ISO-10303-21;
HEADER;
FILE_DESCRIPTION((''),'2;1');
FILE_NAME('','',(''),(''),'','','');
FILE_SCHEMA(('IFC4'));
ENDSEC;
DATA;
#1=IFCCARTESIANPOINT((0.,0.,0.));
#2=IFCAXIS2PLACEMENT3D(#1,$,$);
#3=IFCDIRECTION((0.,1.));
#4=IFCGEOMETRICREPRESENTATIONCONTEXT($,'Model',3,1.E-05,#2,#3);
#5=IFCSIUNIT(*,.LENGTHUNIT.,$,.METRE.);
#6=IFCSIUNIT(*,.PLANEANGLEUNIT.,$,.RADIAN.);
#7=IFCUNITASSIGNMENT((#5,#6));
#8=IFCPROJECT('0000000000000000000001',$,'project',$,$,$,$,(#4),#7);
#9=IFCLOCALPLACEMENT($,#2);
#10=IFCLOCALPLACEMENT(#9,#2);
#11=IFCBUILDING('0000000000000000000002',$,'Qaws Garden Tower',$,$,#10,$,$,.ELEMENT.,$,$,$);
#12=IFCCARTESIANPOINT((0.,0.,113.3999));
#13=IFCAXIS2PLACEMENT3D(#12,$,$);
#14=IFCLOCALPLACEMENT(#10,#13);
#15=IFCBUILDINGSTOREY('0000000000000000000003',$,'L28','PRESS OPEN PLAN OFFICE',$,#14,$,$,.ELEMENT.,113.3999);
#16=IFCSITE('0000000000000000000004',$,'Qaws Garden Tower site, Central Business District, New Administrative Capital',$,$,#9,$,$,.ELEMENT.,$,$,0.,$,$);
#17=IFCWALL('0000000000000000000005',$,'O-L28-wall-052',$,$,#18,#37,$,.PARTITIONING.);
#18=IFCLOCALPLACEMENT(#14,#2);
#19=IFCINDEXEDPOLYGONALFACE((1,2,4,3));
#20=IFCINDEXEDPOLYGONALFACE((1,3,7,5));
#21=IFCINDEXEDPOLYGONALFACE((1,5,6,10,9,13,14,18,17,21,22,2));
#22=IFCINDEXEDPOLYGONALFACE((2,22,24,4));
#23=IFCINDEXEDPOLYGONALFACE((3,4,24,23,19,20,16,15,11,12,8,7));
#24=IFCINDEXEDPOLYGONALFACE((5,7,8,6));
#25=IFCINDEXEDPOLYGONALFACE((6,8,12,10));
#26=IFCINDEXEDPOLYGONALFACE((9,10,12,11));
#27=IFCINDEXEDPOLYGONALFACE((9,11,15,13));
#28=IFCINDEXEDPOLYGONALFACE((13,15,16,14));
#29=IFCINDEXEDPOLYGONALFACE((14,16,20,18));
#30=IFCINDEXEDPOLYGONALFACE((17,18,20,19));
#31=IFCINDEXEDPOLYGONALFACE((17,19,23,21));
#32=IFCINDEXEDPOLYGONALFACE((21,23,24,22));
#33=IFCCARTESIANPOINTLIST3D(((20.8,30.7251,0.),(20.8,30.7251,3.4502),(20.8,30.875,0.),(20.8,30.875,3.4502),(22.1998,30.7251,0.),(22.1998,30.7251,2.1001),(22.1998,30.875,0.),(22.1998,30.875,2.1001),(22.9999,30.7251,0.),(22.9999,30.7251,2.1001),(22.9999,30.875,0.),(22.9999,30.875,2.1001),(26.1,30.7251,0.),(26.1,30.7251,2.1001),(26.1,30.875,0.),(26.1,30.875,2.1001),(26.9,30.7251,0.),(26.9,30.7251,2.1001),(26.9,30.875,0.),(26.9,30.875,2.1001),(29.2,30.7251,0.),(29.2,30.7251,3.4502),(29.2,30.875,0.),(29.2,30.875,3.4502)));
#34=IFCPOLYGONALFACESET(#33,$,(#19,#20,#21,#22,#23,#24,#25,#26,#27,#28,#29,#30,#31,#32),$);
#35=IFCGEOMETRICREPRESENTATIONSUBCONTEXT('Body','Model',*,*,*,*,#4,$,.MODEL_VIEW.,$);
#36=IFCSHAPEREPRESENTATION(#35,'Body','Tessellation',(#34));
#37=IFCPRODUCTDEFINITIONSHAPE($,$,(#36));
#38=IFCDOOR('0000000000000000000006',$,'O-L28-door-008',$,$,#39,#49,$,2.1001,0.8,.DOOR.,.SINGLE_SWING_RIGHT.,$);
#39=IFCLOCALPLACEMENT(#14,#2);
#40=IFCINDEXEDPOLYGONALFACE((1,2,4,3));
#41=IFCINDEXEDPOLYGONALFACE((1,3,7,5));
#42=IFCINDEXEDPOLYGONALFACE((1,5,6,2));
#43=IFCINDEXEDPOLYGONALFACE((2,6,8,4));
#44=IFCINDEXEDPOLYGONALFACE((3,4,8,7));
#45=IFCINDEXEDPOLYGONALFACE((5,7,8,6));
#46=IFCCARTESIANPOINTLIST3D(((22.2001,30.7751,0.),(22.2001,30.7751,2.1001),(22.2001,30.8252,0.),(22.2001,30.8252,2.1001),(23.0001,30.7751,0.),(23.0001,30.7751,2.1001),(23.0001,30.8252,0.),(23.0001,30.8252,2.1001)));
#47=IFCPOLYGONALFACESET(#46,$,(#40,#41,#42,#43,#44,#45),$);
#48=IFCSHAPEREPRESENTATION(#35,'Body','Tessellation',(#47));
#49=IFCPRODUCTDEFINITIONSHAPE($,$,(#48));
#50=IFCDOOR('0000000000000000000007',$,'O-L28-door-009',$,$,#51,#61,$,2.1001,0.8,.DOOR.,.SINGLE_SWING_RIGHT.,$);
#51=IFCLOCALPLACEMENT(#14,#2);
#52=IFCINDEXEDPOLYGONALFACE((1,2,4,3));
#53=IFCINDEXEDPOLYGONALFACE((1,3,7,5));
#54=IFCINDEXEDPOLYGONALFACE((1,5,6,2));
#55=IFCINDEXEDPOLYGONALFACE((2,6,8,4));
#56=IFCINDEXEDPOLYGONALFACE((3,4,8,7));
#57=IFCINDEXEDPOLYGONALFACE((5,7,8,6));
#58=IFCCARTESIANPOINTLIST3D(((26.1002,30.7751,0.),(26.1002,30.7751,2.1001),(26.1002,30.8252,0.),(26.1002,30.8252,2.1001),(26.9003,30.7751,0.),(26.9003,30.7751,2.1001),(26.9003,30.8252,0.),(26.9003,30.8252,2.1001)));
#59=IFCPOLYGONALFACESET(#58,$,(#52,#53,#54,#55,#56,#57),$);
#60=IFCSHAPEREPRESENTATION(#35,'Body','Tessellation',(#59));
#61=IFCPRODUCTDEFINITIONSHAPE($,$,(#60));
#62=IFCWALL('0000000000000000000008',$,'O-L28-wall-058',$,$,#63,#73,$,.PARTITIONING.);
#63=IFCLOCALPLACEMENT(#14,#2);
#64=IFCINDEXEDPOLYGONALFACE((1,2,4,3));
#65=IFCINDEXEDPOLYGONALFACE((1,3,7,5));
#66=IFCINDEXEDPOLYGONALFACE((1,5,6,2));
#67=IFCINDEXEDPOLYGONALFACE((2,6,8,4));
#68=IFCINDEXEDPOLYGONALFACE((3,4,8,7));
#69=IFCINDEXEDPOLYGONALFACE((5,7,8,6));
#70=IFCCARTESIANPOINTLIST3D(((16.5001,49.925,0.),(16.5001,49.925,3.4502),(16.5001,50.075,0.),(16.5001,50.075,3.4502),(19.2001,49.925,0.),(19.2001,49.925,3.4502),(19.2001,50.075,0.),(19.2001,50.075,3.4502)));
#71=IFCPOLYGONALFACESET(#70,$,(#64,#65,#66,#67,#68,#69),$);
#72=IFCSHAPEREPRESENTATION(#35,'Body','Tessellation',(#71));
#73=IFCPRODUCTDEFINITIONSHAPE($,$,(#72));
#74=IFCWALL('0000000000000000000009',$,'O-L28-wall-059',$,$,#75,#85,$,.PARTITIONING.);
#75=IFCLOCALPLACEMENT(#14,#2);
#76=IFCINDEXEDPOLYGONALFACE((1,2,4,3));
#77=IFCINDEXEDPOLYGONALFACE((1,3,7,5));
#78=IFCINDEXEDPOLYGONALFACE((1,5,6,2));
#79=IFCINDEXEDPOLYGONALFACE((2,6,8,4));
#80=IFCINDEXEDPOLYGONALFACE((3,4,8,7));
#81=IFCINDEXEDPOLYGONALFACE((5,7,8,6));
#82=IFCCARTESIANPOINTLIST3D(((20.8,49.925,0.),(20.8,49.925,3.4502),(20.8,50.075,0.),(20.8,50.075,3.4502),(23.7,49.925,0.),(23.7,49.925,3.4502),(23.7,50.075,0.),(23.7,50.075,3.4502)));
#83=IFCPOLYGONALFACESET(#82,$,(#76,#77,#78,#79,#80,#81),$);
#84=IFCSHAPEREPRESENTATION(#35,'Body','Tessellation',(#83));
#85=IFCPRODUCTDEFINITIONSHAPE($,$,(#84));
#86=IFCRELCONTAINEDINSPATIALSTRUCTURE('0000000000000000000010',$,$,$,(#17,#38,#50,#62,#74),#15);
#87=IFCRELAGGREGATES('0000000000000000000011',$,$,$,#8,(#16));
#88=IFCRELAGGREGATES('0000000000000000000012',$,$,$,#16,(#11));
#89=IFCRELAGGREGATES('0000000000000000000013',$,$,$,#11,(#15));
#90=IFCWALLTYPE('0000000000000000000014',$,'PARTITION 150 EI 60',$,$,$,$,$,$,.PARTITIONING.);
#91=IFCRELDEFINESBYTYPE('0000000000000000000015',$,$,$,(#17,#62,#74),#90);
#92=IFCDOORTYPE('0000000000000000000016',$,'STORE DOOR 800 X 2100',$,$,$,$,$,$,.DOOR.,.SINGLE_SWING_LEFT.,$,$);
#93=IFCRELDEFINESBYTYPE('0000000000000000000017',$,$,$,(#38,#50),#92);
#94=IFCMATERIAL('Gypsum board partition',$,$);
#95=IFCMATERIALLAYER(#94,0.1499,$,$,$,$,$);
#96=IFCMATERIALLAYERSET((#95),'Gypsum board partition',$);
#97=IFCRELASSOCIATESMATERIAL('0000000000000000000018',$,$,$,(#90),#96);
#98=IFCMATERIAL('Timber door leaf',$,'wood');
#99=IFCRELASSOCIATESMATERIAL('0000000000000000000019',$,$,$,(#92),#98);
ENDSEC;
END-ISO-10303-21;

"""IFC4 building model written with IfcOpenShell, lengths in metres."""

from ifc_helpers import new_model, si_unit, direction, frame, frame_2d, origin, place, context, subcontext, project, spatial, rectangle, extrude, material, layer, layer_set, type_object, element, fill, save


model = new_model("IFC4")

# Units and contexts
model_context = context("Model", 3, precision=1e-05, world=origin(), true_north=direction((0.0, 1.0)))
body_context = subcontext(model_context, "Body", "Model", "MODEL_VIEW")
ifc_project = project(units=[si_unit("LENGTHUNIT", "METRE"), si_unit("PLANEANGLEUNIT", "RADIAN")], contexts=[model_context])

# Site, building, storey
site_placement = place(None, origin())
site = spatial("IfcSite", under=ifc_project, at=site_placement, Name="Qaws Garden Tower site, Central Business District, New Administrative Capital", CompositionType="ELEMENT", RefElevation=0.0)
building_placement = place(site_placement, origin())
building = spatial("IfcBuilding", under=site, at=building_placement, Name="Qaws Garden Tower", CompositionType="ELEMENT")
storey_placement = place(building_placement, frame((0.0, 0.0, 113.3999)))
storey = spatial("IfcBuildingStorey", under=building, at=storey_placement, Name="L28", Description="PRESS OPEN PLAN OFFICE", CompositionType="ELEMENT", Elevation=113.3999)

# Shared definitions
ifc_material_1 = material(Name="Gypsum board partition")
ifc_layer_1 = layer(ifc_material_1, 0.1499)
ifc_layer_set_1 = layer_set([ifc_layer_1], Name="Gypsum board partition")
wall_type_1 = type_object("IfcWallType", Name="PARTITION 150 EI 60", PredefinedType="PARTITIONING", material=ifc_layer_set_1)

# Wall, openings, doors
wall_1_placement = place(storey_placement, frame((20.8, 30.8, 0.0), z_axis=(0.0, 0.0, 1.0), x_axis=(1.0, 0.0, 0.0)))
wall_1 = element("IfcWall", 1, at=wall_1_placement, inside=storey, type_object=wall_type_1, Name="O-L28-wall-052", PredefinedType="PARTITIONING", context=body_context, shape_type="SweptSolid", body=[
    extrude(rectangle(XDim=8.3999, YDim=0.1499, at=frame_2d((4.2, 0.0))), origin(), (0.0, 0.0, 1.0), 3.4502),
])
opening_1_placement = place(wall_1_placement, frame((1.3999, 0.0, 0.0)))
opening_1 = element("IfcOpeningElement", 2, at=opening_1_placement, cuts=wall_1, PredefinedType="OPENING", context=body_context, shape_type="SweptSolid", body=[
    extrude(rectangle(XDim=0.8, YDim=2.1001, at=frame_2d((0.3999, 1.05))), frame((0.0, 0.085, 0.0), z_axis=(0.0, -1.0, 0.0), x_axis=(1.0, 0.0, 0.0)), (0.0, 0.0, 1.0), 0.1699),
])
opening_2_placement = place(wall_1_placement, frame((5.3, 0.0, 0.0)))
opening_2 = element("IfcOpeningElement", 3, at=opening_2_placement, cuts=wall_1, PredefinedType="OPENING", context=body_context, shape_type="SweptSolid", body=[
    extrude(rectangle(XDim=0.8, YDim=2.1001, at=frame_2d((0.3999, 1.05))), frame((0.0, 0.085, 0.0), z_axis=(0.0, -1.0, 0.0), x_axis=(1.0, 0.0, 0.0)), (0.0, 0.0, 1.0), 0.1699),
])
ifc_material_2 = material(Name="Timber door leaf", Category="wood")
door_type_1 = type_object("IfcDoorType", Name="STORE DOOR 800 X 2100", OperationType="SINGLE_SWING_LEFT", PredefinedType="DOOR", material=ifc_material_2)
door_1_placement = place(opening_1_placement, frame((0.8, 0.0, 0.0), z_axis=(0.0, 0.0, 1.0), x_axis=(-1.0, 0.0, 0.0)))
door_1 = element("IfcDoor", 4, at=door_1_placement, inside=storey, type_object=door_type_1, Name="O-L28-door-008", OperationType="SINGLE_SWING_RIGHT", OverallHeight=2.1001, OverallWidth=0.8, PredefinedType="DOOR", context=body_context, shape_type="SweptSolid", body=[
    extrude(rectangle(XDim=0.8, YDim=2.1001, at=frame_2d((0.3999, 1.05))), frame((0.0, 0.0249, 0.0), z_axis=(0.0, -1.0, 0.0), x_axis=(1.0, 0.0, 0.0)), (0.0, 0.0, 1.0), 0.05),
])
fill(opening_1, door_1)
door_2_placement = place(opening_2_placement, frame((0.8, 0.0, 0.0), z_axis=(0.0, 0.0, 1.0), x_axis=(-1.0, 0.0, 0.0)))
door_2 = element("IfcDoor", 5, at=door_2_placement, inside=storey, type_object=door_type_1, Name="O-L28-door-009", OperationType="SINGLE_SWING_RIGHT", OverallHeight=2.1001, OverallWidth=0.8, PredefinedType="DOOR", context=body_context, shape_type="SweptSolid", body=[
    extrude(rectangle(XDim=0.8, YDim=2.1001, at=frame_2d((0.3999, 1.05))), frame((0.0, 0.0249, 0.0), z_axis=(0.0, -1.0, 0.0), x_axis=(1.0, 0.0, 0.0)), (0.0, 0.0, 1.0), 0.05),
])
fill(opening_2, door_2)

# Walls
wall_2_placement = place(storey_placement, frame((16.5, 50.0, 0.0), z_axis=(0.0, 0.0, 1.0), x_axis=(1.0, 0.0, 0.0)))
element("IfcWall", 6, at=wall_2_placement, inside=storey, type_object=wall_type_1, Name="O-L28-wall-058", PredefinedType="PARTITIONING", context=body_context, shape_type="SweptSolid", body=[
    extrude(rectangle(XDim=2.7, YDim=0.1499, at=frame_2d((1.3501, 0.0))), origin(), (0.0, 0.0, 1.0), 3.4502),
])
wall_3_placement = place(storey_placement, frame((20.8, 50.0, 0.0), z_axis=(0.0, 0.0, 1.0), x_axis=(1.0, 0.0, 0.0)))
element("IfcWall", 7, at=wall_3_placement, inside=storey, type_object=wall_type_1, Name="O-L28-wall-059", PredefinedType="PARTITIONING", context=body_context, shape_type="SweptSolid", body=[
    extrude(rectangle(XDim=2.8999, YDim=0.1499, at=frame_2d((1.45, 0.0))), origin(), (0.0, 0.0, 1.0), 3.4502),
])

save(model, "model.ifc")
